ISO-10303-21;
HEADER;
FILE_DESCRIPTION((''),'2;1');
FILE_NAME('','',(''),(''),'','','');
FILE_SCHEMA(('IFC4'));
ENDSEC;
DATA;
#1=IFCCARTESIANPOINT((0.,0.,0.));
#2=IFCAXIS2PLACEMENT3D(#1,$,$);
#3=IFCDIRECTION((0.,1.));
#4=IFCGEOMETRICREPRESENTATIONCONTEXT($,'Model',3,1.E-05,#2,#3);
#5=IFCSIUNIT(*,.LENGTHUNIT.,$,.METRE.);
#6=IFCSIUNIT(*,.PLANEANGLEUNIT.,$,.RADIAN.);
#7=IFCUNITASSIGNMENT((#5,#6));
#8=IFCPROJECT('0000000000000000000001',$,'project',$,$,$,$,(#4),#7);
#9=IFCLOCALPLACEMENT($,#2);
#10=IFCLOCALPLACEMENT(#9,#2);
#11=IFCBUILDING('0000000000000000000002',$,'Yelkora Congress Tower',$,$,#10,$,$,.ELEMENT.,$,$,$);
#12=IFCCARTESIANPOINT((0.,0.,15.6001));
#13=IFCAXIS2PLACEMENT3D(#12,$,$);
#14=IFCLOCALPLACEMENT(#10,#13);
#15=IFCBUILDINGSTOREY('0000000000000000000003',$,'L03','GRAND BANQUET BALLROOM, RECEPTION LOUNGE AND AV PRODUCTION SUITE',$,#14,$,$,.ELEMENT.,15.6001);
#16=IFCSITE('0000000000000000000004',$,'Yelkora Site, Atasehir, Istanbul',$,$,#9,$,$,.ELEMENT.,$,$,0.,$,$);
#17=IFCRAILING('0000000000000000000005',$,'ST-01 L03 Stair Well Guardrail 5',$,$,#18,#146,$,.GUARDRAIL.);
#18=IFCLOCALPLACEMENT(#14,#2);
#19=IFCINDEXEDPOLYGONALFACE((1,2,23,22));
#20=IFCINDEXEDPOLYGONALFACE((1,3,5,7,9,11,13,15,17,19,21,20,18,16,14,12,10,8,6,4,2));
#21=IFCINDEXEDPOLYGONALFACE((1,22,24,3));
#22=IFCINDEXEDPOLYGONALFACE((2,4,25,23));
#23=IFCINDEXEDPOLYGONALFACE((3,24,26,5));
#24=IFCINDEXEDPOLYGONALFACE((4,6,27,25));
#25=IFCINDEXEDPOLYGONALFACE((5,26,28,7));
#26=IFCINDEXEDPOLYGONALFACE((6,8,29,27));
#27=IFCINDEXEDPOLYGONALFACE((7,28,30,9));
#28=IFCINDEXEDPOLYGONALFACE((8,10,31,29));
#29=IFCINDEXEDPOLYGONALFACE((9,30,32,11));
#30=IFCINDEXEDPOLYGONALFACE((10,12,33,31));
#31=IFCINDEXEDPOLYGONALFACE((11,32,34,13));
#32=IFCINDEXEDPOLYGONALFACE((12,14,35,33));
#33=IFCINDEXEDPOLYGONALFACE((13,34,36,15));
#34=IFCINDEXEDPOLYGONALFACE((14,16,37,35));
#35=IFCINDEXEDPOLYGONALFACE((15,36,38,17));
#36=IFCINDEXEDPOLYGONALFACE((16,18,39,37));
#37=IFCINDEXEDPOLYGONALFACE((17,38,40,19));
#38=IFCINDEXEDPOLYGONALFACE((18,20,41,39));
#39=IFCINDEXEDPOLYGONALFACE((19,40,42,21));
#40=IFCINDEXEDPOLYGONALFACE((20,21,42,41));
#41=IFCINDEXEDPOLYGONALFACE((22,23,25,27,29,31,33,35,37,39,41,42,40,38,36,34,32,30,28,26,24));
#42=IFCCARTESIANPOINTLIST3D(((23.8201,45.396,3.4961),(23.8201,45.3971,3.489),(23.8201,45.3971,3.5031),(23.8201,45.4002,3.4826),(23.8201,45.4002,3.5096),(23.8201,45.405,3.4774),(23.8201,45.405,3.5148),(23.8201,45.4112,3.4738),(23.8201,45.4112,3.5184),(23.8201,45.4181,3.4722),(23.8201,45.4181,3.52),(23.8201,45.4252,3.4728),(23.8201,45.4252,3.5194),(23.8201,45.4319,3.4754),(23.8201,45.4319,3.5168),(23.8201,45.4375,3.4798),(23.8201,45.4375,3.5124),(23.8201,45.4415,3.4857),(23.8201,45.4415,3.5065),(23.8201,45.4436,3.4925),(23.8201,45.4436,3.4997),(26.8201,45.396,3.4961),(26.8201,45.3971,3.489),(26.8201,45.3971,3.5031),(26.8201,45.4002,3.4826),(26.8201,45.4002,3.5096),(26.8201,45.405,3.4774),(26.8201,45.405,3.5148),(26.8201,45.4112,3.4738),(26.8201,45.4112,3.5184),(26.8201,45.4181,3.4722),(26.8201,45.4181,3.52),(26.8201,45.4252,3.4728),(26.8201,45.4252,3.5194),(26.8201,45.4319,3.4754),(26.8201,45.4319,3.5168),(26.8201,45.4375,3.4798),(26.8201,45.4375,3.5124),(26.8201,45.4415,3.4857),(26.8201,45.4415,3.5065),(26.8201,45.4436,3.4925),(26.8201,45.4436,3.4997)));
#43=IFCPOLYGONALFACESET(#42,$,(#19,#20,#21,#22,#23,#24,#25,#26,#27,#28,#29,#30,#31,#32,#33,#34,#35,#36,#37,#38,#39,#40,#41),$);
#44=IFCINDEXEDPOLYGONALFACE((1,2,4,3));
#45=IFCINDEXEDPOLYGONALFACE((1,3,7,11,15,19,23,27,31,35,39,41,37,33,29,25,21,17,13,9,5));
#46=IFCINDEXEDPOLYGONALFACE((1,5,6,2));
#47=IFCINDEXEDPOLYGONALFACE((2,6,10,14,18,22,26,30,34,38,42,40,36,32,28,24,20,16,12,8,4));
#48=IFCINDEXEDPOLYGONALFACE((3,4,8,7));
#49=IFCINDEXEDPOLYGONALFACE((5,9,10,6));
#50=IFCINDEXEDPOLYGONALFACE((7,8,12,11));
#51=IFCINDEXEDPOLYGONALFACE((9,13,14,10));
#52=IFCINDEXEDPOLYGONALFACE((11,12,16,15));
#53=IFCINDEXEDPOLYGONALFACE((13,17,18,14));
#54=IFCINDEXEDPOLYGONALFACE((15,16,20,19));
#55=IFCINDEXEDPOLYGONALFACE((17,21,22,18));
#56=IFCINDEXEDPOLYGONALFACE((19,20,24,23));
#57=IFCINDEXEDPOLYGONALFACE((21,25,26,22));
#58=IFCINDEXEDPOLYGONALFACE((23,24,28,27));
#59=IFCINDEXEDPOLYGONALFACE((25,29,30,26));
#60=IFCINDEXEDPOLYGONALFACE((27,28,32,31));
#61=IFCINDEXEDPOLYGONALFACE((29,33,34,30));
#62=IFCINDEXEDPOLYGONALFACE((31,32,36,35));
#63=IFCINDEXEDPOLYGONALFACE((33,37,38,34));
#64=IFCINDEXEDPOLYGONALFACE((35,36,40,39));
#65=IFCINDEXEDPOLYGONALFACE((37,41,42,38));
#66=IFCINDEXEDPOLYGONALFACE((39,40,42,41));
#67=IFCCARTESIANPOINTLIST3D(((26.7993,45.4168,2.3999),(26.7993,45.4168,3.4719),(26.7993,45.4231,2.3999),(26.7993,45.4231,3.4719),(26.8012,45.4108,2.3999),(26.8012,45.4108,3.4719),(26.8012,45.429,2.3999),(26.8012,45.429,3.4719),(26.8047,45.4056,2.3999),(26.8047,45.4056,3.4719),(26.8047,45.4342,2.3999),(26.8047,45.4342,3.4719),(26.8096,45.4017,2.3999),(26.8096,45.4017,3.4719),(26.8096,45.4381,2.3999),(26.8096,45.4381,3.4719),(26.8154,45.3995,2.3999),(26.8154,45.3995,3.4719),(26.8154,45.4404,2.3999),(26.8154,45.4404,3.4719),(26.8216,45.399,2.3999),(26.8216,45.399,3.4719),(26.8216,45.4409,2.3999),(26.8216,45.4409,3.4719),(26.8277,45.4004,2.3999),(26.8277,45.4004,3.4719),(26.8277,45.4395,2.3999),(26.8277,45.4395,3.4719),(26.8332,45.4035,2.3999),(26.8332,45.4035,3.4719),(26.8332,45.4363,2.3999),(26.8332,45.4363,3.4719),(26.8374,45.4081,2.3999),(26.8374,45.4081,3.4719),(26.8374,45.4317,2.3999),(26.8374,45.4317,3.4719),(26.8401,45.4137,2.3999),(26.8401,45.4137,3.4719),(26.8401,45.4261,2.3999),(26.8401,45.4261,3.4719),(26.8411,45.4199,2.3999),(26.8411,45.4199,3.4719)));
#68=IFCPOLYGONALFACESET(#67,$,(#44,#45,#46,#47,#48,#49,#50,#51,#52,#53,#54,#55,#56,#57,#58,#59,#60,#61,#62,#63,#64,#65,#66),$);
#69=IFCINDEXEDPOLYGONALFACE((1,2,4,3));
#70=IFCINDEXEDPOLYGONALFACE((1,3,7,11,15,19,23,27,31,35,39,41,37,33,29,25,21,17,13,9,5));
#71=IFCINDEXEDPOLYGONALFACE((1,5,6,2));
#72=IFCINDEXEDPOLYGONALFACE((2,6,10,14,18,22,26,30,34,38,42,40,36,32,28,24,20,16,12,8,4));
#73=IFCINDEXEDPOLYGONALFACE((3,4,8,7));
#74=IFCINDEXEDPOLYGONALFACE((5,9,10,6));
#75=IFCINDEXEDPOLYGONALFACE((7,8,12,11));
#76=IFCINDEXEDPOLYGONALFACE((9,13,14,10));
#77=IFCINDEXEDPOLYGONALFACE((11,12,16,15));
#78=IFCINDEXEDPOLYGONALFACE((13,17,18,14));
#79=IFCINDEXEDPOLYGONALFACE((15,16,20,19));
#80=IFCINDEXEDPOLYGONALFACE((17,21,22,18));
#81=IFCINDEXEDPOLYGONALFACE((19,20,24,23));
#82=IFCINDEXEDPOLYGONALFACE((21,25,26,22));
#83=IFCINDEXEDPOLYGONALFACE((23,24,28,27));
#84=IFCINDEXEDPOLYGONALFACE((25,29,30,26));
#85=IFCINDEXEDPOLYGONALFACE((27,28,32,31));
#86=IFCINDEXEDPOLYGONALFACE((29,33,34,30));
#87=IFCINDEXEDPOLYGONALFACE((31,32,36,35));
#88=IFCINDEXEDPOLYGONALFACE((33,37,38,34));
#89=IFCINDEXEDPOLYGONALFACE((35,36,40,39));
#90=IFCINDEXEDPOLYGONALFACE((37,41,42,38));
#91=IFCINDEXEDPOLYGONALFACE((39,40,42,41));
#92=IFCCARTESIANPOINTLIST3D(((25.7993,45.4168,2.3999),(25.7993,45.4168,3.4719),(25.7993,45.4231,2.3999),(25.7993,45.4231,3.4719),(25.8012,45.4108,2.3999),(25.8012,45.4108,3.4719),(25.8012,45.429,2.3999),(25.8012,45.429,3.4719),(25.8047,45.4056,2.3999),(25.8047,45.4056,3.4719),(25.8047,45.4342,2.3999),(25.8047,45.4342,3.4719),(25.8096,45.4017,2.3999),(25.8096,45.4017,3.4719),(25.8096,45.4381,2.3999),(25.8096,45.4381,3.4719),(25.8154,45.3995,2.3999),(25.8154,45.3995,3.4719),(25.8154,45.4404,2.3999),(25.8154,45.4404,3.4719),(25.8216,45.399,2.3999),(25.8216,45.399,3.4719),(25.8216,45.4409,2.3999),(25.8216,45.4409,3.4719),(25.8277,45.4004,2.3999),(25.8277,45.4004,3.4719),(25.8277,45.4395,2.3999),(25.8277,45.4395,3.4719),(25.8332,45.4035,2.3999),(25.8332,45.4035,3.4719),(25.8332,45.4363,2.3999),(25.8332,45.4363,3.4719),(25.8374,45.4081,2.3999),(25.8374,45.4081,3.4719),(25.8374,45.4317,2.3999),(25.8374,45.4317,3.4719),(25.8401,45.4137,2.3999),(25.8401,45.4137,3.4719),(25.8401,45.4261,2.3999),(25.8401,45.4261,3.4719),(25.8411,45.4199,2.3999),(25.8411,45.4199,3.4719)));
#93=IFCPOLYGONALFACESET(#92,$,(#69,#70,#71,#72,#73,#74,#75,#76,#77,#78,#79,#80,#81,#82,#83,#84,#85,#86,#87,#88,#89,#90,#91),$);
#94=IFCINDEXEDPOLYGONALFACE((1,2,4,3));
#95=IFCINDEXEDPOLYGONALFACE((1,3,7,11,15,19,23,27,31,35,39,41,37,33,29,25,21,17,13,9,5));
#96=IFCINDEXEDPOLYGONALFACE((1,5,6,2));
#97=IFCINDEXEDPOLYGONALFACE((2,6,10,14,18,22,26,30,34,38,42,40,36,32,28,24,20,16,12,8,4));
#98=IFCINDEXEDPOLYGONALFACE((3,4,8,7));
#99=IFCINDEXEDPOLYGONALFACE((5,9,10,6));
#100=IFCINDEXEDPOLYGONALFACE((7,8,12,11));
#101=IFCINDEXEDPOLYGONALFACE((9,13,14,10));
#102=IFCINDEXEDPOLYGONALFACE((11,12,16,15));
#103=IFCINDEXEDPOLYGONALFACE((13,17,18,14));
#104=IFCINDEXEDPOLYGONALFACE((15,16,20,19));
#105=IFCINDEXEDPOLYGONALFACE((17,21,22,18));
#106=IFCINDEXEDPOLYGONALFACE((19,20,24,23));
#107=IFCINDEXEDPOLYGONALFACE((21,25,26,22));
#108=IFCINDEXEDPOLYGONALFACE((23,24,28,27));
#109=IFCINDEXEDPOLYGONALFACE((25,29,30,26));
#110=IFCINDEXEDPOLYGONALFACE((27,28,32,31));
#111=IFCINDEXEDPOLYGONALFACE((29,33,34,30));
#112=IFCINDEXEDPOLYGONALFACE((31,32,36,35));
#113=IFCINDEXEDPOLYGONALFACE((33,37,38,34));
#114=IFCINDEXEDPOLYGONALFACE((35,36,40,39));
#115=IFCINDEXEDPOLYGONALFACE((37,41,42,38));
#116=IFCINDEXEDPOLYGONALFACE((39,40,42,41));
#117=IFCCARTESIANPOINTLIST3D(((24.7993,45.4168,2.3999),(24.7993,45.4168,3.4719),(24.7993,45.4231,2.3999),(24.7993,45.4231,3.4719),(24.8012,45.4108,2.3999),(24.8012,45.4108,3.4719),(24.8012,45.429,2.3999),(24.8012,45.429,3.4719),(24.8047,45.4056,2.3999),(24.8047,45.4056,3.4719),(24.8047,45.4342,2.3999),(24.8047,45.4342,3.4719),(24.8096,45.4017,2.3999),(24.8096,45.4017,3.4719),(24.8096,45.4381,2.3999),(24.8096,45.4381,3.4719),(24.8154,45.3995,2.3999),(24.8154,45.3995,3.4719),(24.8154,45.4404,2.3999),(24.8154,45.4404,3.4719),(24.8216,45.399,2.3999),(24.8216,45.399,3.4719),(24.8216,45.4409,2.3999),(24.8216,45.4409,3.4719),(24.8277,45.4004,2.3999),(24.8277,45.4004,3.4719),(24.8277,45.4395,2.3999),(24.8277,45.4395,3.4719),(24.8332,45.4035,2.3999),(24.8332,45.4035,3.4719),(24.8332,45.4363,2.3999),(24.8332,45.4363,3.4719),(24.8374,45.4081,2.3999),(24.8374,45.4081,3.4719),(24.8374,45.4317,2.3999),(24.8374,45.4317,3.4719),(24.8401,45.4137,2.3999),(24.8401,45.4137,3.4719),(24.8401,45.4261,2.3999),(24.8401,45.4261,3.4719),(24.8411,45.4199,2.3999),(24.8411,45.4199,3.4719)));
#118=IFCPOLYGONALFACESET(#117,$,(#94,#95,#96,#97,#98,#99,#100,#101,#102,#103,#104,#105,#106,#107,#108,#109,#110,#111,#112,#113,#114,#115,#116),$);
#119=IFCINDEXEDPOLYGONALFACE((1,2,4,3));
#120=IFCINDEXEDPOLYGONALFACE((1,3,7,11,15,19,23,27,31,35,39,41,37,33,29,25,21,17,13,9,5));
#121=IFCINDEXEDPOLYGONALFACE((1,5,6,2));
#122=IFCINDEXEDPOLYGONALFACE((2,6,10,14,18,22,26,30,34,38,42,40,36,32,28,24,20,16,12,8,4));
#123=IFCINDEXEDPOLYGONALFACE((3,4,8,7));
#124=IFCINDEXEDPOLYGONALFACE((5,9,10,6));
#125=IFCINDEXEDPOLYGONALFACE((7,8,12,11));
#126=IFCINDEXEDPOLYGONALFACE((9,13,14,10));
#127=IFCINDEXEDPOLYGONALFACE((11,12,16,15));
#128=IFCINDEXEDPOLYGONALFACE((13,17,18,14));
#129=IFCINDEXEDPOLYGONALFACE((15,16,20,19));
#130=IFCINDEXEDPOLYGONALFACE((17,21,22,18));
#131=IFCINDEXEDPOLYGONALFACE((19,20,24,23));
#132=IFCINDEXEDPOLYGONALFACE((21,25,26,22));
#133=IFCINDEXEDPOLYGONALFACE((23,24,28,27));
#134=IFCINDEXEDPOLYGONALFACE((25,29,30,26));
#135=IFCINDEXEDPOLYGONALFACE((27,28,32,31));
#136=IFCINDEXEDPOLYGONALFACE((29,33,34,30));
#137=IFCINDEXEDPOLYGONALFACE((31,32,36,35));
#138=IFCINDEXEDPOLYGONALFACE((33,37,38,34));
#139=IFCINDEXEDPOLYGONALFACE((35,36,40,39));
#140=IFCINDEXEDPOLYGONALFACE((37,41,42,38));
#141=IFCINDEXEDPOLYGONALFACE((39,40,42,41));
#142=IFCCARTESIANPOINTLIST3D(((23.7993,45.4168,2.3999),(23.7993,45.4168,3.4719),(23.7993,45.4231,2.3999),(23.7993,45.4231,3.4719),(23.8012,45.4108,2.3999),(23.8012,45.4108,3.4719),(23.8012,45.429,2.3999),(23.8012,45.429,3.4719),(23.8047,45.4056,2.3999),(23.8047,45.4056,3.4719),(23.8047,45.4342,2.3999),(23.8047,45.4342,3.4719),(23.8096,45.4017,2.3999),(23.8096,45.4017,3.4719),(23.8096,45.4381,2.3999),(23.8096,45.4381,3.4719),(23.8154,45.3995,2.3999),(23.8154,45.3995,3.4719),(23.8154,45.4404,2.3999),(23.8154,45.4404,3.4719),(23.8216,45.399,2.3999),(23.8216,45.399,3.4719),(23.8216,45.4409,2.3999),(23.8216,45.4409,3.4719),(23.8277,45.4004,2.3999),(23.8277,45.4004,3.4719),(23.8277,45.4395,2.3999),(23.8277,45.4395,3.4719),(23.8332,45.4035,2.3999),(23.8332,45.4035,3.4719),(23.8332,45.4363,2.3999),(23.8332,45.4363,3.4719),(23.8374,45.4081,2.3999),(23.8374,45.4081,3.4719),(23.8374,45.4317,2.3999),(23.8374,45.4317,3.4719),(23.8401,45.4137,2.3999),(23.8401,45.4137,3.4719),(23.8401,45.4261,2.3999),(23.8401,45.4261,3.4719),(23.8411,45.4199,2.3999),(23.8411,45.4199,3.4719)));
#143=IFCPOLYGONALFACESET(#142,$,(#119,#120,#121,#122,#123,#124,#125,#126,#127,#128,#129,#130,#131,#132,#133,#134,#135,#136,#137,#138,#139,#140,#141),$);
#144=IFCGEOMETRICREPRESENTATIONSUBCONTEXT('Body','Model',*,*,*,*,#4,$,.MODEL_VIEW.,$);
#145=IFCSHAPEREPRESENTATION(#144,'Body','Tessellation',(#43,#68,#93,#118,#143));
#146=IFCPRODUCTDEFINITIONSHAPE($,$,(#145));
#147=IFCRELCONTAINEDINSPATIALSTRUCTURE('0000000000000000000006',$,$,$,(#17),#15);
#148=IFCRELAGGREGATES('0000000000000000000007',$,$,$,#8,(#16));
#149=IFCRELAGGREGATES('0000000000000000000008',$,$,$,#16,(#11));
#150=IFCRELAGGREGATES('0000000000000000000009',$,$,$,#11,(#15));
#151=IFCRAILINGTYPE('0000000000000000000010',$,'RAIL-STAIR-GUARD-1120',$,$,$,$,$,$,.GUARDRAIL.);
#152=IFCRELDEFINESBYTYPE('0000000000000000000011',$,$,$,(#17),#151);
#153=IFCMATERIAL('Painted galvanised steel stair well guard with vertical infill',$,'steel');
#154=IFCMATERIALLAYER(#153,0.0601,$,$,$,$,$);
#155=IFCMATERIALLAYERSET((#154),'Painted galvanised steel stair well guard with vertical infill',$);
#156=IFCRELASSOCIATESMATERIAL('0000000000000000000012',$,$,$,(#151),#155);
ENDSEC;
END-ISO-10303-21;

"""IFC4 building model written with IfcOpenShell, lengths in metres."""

from ifc_helpers import new_model, si_unit, direction, frame, origin, origin_2d, place, context, subcontext, project, spatial, circle, extrude, material, layer, layer_set, type_object, element, save


model = new_model("IFC4")

# Units and contexts
model_context = context("Model", 3, precision=1e-05, world=origin(), true_north=direction((0.0, 1.0)))
body_context = subcontext(model_context, "Body", "Model", "MODEL_VIEW")
ifc_project = project(units=[si_unit("LENGTHUNIT", "METRE"), si_unit("PLANEANGLEUNIT", "RADIAN")], contexts=[model_context])

# Site, building, storey
site_placement = place(None, origin())
site = spatial("IfcSite", under=ifc_project, at=site_placement, Name="Yelkora Site, Atasehir, Istanbul", CompositionType="ELEMENT", RefElevation=0.0)
building_placement = place(site_placement, origin())
building = spatial("IfcBuilding", under=site, at=building_placement, Name="Yelkora Congress Tower", CompositionType="ELEMENT")
storey_placement = place(building_placement, frame((0.0, 0.0, 15.6001)))
storey = spatial("IfcBuildingStorey", under=building, at=storey_placement, Name="L03", Description="GRAND BANQUET BALLROOM, RECEPTION LOUNGE AND AV PRODUCTION SUITE", CompositionType="ELEMENT", Elevation=15.6001)

# Railing
ifc_material_1 = material(Name="Painted galvanised steel stair well guard with vertical infill", Category="steel")
ifc_layer_1 = layer(ifc_material_1, 0.0601)
ifc_layer_set_1 = layer_set([ifc_layer_1], Name="Painted galvanised steel stair well guard with vertical infill")
railing_type_1 = type_object("IfcRailingType", Name="RAIL-STAIR-GUARD-1120", PredefinedType="GUARDRAIL", material=ifc_layer_set_1)
railing_1_placement = place(storey_placement, frame((26.8201, 45.4199, 2.3999)))
element("IfcRailing", 1, at=railing_1_placement, inside=storey, type_object=railing_type_1, Name="ST-01 L03 Stair Well Guardrail 5", PredefinedType="GUARDRAIL", context=body_context, shape_type="SweptSolid", body=[
    extrude(circle(Radius=0.0239, at=origin_2d()), frame((0.0, 0.0, 1.0962), z_axis=(-1.0, 0.0, 0.0), x_axis=(0.0, -1.0, 0.0)), (0.0, 0.0, 1.0), 3.0),
    extrude(circle(Radius=0.021, at=origin_2d()), origin(), (0.0, 0.0, 1.0), 1.072),
    extrude(circle(Radius=0.021, at=origin_2d()), frame((-1.0, 0.0, 0.0)), (0.0, 0.0, 1.0), 1.072),
    extrude(circle(Radius=0.021, at=origin_2d()), frame((-2.0, 0.0, 0.0)), (0.0, 0.0, 1.0), 1.072),
    extrude(circle(Radius=0.021, at=origin_2d()), frame((-3.0, 0.0, 0.0)), (0.0, 0.0, 1.0), 1.072),
])

save(model, "model.ifc")
